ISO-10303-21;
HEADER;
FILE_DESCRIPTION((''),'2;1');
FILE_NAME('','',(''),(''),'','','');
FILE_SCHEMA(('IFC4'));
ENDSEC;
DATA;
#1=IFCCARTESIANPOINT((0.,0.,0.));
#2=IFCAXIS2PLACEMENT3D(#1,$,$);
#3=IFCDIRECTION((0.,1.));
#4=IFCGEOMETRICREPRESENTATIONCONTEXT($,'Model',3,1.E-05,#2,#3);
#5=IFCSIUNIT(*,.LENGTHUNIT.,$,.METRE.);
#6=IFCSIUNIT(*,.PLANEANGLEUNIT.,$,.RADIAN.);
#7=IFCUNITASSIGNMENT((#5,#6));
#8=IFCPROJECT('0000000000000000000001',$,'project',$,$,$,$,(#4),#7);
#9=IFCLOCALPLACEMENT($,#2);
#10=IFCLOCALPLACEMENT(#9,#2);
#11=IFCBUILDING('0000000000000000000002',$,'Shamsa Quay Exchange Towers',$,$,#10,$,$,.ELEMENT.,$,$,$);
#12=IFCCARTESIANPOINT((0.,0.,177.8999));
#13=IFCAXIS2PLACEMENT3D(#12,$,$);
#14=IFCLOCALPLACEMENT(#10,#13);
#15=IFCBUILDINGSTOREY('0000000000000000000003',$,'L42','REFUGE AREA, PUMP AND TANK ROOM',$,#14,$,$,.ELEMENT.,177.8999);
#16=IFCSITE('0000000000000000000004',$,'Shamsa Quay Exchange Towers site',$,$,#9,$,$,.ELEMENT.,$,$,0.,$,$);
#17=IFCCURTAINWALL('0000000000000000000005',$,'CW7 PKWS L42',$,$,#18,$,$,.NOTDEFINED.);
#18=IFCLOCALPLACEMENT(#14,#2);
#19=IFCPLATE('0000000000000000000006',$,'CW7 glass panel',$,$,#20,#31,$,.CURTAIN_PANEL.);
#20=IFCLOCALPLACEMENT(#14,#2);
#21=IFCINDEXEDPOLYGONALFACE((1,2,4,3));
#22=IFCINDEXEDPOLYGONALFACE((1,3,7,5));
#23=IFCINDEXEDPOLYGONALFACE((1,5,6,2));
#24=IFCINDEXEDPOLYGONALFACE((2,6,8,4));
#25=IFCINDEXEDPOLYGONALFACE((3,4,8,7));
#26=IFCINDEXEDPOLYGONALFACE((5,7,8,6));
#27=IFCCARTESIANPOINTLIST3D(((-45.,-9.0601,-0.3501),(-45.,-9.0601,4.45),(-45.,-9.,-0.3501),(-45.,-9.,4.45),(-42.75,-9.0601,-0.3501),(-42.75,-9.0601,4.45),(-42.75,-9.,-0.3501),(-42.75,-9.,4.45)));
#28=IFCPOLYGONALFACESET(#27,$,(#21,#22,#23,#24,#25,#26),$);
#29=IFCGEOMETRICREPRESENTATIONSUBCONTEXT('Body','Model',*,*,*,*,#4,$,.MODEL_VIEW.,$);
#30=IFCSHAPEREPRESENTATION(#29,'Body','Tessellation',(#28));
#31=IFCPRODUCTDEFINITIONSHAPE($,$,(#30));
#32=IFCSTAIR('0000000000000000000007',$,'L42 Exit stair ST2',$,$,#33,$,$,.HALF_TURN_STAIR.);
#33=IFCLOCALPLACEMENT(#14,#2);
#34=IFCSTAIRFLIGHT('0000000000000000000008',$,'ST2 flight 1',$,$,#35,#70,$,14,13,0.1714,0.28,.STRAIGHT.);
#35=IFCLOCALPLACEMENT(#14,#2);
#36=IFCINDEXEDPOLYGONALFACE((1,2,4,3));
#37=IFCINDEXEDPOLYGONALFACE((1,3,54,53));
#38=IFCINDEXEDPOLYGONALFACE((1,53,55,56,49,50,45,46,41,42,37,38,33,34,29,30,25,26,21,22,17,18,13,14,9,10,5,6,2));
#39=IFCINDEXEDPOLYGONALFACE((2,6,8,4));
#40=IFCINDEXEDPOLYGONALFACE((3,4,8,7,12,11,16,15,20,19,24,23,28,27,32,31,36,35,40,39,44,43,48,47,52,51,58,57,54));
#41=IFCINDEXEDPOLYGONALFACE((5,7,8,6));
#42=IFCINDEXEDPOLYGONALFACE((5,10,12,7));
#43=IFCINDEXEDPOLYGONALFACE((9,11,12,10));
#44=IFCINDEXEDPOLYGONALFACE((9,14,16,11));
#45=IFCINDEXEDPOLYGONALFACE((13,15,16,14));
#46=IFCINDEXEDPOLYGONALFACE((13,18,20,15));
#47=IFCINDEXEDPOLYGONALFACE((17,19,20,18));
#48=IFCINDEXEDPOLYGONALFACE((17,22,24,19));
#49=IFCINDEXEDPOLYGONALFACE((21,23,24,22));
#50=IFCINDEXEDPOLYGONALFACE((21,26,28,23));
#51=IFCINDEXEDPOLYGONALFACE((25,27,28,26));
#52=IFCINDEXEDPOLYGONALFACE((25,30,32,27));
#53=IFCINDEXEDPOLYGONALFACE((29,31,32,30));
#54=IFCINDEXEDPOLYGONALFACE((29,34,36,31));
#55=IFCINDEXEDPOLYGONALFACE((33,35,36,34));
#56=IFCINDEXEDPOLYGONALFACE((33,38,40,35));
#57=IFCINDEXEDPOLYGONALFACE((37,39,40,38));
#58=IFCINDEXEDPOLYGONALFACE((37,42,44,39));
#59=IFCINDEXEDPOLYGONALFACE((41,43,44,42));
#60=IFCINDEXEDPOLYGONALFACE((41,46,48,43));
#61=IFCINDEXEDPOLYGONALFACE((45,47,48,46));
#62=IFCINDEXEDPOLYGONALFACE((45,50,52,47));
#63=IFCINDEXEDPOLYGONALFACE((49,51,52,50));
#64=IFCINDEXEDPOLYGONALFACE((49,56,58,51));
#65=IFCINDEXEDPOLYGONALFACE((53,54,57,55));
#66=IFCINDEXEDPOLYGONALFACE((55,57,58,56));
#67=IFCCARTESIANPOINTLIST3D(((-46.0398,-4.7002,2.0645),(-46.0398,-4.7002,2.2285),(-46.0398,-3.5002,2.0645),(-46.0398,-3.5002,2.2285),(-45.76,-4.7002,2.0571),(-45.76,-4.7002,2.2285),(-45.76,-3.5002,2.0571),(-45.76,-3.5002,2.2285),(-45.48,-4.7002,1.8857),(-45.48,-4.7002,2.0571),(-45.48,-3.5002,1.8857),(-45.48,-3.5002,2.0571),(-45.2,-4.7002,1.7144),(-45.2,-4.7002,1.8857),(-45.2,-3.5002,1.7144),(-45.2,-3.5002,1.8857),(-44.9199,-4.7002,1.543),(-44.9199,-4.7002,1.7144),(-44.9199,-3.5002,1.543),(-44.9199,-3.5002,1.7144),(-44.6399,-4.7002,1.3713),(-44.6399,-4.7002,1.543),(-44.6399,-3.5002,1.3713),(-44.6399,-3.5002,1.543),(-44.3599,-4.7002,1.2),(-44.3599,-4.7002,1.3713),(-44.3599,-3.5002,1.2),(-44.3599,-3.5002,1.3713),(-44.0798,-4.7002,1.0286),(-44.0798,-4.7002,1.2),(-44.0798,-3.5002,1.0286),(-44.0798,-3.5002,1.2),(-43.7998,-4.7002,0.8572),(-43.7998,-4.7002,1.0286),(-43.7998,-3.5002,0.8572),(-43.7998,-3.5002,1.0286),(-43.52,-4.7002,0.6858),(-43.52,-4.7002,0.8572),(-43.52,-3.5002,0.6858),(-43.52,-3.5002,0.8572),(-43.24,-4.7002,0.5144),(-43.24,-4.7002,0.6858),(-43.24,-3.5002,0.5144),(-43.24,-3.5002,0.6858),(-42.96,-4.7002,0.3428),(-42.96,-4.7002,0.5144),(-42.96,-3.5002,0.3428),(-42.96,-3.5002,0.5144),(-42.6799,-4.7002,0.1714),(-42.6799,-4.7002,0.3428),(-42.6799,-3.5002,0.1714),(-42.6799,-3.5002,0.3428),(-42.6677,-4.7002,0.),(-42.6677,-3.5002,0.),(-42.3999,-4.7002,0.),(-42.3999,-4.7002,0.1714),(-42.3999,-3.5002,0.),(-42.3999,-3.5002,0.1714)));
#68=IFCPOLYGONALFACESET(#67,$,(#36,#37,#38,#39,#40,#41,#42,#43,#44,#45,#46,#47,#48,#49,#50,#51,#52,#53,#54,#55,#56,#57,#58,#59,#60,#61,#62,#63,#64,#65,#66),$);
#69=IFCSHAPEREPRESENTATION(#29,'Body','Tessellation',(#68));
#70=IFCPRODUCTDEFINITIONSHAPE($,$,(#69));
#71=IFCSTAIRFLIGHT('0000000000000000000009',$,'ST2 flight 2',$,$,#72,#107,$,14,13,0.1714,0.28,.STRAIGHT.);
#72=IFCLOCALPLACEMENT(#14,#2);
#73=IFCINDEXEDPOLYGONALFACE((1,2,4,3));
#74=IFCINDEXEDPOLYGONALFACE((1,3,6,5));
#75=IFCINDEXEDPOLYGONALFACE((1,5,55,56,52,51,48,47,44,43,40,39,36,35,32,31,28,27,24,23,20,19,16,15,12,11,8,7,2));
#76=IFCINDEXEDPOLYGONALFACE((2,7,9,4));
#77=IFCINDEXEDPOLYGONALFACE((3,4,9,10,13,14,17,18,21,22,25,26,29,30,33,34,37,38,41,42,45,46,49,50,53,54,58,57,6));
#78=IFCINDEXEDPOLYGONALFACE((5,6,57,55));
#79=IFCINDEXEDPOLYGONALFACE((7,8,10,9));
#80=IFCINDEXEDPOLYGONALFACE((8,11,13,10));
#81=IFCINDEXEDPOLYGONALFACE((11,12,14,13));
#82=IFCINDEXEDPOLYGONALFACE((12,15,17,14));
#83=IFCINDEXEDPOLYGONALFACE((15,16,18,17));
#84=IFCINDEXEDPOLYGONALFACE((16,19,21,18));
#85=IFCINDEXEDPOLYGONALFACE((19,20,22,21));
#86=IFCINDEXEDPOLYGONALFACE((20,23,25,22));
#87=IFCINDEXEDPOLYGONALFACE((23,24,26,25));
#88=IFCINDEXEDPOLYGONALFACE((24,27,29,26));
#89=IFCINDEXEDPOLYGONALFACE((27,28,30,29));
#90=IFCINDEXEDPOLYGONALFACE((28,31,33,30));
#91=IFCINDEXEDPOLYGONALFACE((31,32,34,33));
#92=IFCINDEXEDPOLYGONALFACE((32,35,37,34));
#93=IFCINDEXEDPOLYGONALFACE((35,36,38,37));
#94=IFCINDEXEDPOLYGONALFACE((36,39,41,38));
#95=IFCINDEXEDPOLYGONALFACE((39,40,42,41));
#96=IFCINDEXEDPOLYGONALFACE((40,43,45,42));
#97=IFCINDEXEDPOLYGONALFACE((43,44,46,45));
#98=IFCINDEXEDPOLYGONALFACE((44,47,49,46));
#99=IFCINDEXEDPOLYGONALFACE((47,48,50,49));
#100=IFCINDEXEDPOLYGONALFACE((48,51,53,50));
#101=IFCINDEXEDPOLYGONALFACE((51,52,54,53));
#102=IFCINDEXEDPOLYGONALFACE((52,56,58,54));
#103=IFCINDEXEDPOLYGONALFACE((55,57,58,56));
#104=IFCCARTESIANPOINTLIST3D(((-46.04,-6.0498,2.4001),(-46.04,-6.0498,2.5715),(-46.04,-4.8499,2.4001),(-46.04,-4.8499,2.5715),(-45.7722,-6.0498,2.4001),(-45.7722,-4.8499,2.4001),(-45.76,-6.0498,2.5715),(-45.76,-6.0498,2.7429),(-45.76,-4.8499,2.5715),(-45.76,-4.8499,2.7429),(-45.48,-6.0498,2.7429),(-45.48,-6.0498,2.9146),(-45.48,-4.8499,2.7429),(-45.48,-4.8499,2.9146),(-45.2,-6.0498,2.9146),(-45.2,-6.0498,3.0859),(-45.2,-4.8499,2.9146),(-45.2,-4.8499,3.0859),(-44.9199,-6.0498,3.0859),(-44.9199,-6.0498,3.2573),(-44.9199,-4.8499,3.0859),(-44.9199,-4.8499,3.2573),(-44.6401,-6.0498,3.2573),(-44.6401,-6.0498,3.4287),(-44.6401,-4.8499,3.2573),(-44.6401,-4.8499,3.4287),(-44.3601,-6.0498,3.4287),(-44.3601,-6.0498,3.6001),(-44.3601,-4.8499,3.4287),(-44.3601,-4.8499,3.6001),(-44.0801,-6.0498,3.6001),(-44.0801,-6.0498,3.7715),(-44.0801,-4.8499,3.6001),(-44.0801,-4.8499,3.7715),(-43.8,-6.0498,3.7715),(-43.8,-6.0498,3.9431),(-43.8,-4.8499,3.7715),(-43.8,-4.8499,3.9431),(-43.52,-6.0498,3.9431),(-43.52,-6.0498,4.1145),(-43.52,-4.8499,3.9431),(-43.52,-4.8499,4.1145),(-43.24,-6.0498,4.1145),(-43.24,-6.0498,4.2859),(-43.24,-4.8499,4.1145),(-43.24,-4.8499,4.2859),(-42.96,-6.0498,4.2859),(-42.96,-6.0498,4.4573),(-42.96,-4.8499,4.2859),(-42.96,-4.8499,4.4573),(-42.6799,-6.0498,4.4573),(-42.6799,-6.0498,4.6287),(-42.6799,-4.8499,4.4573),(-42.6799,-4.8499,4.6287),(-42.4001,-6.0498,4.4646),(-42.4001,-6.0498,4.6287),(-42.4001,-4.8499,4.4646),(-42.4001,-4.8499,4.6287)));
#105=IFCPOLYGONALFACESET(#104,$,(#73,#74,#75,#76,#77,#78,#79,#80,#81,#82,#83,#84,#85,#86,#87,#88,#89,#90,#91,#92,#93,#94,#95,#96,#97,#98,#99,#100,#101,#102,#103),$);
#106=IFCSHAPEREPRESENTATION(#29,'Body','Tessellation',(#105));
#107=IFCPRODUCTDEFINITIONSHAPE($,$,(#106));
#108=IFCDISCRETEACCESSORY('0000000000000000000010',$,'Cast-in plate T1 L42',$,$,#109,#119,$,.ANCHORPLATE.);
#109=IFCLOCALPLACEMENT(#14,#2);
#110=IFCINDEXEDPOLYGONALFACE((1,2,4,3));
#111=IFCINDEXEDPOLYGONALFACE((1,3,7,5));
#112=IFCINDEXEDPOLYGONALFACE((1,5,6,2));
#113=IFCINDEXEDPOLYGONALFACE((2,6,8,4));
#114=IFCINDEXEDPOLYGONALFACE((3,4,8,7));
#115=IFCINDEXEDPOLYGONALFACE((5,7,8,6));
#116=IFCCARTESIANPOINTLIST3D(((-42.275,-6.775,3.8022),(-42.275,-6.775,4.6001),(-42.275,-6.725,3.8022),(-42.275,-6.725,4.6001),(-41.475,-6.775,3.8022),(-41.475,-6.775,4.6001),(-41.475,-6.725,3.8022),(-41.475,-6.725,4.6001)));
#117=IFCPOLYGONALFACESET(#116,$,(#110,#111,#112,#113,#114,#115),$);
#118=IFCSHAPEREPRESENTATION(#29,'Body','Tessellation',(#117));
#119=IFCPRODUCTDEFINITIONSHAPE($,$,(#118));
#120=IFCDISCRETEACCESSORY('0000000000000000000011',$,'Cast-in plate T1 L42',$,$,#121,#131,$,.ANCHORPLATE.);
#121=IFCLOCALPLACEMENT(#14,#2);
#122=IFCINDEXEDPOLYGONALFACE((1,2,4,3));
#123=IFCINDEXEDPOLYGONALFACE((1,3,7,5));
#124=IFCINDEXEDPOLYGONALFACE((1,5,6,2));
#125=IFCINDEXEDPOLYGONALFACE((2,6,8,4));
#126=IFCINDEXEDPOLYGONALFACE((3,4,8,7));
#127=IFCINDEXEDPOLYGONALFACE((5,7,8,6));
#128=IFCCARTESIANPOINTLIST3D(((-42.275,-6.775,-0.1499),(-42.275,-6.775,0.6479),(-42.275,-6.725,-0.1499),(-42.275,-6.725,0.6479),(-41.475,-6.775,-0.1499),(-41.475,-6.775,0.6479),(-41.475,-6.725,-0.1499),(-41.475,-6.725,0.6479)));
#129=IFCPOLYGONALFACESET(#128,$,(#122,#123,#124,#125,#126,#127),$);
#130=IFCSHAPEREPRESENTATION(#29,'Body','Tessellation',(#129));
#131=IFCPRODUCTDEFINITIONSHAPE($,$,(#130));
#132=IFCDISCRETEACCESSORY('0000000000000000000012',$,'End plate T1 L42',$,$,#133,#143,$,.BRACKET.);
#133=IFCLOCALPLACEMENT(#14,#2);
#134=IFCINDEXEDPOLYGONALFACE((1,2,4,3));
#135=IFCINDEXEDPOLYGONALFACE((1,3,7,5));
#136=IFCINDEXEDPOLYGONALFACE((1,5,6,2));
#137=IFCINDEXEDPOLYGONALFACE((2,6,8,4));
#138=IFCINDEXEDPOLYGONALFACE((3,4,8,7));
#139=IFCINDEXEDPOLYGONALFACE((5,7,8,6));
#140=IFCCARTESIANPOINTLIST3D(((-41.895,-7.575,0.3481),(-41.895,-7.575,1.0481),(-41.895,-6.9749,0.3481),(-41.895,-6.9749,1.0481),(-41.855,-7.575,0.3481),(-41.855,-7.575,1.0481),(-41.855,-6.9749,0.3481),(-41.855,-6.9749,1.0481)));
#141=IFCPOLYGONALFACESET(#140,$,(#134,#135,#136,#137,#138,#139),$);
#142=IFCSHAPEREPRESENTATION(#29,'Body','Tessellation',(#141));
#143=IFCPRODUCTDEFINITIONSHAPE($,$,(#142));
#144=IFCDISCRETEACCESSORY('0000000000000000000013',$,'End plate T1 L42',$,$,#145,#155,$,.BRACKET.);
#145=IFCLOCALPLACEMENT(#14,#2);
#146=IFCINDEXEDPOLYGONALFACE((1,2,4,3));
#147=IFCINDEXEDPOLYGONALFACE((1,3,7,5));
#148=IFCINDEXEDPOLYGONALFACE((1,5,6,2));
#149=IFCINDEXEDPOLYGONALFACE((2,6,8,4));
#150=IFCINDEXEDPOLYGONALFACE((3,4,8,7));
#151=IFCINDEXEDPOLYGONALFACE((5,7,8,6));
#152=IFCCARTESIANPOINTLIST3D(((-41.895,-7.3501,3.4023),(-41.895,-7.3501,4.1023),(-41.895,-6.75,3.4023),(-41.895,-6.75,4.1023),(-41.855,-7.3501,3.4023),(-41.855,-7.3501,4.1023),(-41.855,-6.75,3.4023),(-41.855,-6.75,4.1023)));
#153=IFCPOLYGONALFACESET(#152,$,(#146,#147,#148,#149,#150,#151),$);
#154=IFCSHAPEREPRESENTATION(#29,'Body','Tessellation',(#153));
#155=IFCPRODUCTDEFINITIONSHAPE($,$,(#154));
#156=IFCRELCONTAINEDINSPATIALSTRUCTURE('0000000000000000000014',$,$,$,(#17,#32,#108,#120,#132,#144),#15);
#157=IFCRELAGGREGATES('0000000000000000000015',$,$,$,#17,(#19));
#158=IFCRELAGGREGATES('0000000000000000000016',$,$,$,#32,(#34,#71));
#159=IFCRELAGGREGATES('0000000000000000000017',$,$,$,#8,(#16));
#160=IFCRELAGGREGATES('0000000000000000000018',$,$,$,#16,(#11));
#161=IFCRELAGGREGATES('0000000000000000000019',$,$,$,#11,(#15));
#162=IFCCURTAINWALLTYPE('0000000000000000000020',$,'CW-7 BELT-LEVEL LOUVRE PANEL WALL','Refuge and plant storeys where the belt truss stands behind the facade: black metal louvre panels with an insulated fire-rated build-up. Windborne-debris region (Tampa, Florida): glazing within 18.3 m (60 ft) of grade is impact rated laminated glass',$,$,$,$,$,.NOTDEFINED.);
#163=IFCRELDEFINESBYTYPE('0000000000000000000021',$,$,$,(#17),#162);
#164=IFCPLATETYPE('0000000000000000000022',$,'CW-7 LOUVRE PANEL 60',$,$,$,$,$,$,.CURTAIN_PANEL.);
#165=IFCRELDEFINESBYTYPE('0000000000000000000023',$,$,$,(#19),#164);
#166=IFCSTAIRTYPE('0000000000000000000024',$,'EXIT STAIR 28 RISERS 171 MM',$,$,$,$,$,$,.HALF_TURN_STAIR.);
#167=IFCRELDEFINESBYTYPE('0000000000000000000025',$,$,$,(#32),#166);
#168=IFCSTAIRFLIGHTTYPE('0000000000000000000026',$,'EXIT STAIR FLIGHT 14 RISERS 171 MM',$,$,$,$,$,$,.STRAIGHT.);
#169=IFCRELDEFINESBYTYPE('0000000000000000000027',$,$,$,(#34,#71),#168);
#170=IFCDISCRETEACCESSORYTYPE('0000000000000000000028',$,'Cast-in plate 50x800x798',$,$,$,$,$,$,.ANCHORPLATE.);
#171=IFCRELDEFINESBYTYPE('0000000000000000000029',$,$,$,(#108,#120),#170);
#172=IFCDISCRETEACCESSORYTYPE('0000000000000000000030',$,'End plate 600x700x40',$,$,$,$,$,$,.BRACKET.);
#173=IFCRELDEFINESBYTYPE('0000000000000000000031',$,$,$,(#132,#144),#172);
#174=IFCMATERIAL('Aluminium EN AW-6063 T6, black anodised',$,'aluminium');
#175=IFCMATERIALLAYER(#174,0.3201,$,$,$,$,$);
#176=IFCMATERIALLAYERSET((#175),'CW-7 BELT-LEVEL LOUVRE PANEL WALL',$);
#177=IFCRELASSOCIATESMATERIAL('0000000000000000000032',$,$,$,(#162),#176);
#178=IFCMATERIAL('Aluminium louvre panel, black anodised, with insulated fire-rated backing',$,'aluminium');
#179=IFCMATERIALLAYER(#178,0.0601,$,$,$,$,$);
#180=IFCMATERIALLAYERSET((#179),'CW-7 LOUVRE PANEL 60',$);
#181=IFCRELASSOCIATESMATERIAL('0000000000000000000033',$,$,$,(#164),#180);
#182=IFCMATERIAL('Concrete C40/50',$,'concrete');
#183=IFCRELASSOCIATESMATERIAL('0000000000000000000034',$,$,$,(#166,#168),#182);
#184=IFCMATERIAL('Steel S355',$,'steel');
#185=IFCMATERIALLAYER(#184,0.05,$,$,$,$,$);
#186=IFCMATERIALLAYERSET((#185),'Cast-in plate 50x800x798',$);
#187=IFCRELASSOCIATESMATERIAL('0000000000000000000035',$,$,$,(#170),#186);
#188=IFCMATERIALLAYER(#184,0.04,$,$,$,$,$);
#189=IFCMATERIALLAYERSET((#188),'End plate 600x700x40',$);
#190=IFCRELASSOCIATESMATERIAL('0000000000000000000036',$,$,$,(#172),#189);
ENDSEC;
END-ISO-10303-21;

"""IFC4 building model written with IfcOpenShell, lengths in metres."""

from ifc_helpers import new_model, si_unit, direction, frame, origin, origin_2d, place, context, subcontext, project, spatial, polyline, rectangle, outline, extrude, material, layer, layer_set, type_object, element, aggregate, save


model = new_model("IFC4")

# Units and contexts
model_context = context("Model", 3, precision=1e-05, world=origin(), true_north=direction((0.0, 1.0)))
body_context = subcontext(model_context, "Body", "Model", "MODEL_VIEW")
ifc_project = project(units=[si_unit("LENGTHUNIT", "METRE"), si_unit("PLANEANGLEUNIT", "RADIAN")], contexts=[model_context])

# Site, building, storey
site_placement = place(None, origin())
site = spatial("IfcSite", under=ifc_project, at=site_placement, Name="Shamsa Quay Exchange Towers site", CompositionType="ELEMENT", RefElevation=0.0)
building_placement = place(site_placement, origin())
building = spatial("IfcBuilding", under=site, at=building_placement, Name="Shamsa Quay Exchange Towers", CompositionType="ELEMENT")
storey_placement = place(building_placement, frame((0.0, 0.0, 177.8999)))
storey = spatial("IfcBuildingStorey", under=building, at=storey_placement, Name="L42", Description="REFUGE AREA, PUMP AND TANK ROOM", CompositionType="ELEMENT", Elevation=177.8999)

# Shared definitions
ifc_material_1 = material(Name="Steel S355", Category="steel")

# Curtain wall, plate
ifc_material_2 = material(Name="Aluminium EN AW-6063 T6, black anodised", Category="aluminium")
ifc_layer_1 = layer(ifc_material_2, 0.3201)
ifc_layer_set_1 = layer_set([ifc_layer_1], Name="CW-7 BELT-LEVEL LOUVRE PANEL WALL")
curtain_wall_type = type_object("IfcCurtainWallType", Name="CW-7 BELT-LEVEL LOUVRE PANEL WALL", Description="Refuge and plant storeys where the belt truss stands behind the facade: black metal louvre panels with an insulated fire-rated build-up. Windborne-debris region (Tampa, Florida): glazing within 18.3 m (60 ft) of grade is impact rated laminated glass", PredefinedType="NOTDEFINED", material=ifc_layer_set_1)
curtain_wall_placement = place(storey_placement, origin())
curtain_wall = element("IfcCurtainWall", 1, at=curtain_wall_placement, inside=storey, type_object=curtain_wall_type, Name="CW7 PKWS L42", PredefinedType="NOTDEFINED")
ifc_material_3 = material(Name="Aluminium louvre panel, black anodised, with insulated fire-rated backing", Category="aluminium")
ifc_layer_2 = layer(ifc_material_3, 0.0601)
ifc_layer_set_2 = layer_set([ifc_layer_2], Name="CW-7 LOUVRE PANEL 60")
plate_type = type_object("IfcPlateType", Name="CW-7 LOUVRE PANEL 60", PredefinedType="CURTAIN_PANEL", material=ifc_layer_set_2)
plate_1_placement = place(storey_placement, frame((-43.875, -9.03, -0.3501)))
plate_1 = element("IfcPlate", 2, at=plate_1_placement, type_object=plate_type, Name="CW7 glass panel", PredefinedType="CURTAIN_PANEL", context=body_context, shape_type="SweptSolid", body=[
    extrude(rectangle(XDim=2.25, YDim=0.0601, at=origin_2d()), origin(), (0.0, 0.0, 1.0), 4.8),
])
aggregate(curtain_wall, [plate_1])

# Stair, stair flights
ifc_material_4 = material(Name="Concrete C40/50", Category="concrete")
stair_type = type_object("IfcStairType", Name="EXIT STAIR 28 RISERS 171 MM", PredefinedType="HALF_TURN_STAIR", material=ifc_material_4)
stair_placement = place(storey_placement, origin())
stair = element("IfcStair", 3, at=stair_placement, inside=storey, type_object=stair_type, Name="L42 Exit stair ST2", PredefinedType="HALF_TURN_STAIR")
stair_flight_type = type_object("IfcStairFlightType", Name="EXIT STAIR FLIGHT 14 RISERS 171 MM", PredefinedType="STRAIGHT", material=ifc_material_4)
stair_flight_1_placement = place(storey_placement, frame((-42.3999, -4.1001, 0.0), z_axis=(0.0, 0.0, 1.0), x_axis=(-1.0, 0.0, 0.0)))
stair_flight_1 = element("IfcStairFlight", 4, at=stair_flight_1_placement, type_object=stair_flight_type, Name="ST2 flight 1", NumberOfRisers=14, NumberOfTreads=13, PredefinedType="STRAIGHT", RiserHeight=0.1714, TreadLength=0.28, context=body_context, shape_type="SweptSolid", body=[
    extrude(outline(polyline([(0.0, 0.0), (0.0, 0.1714), (0.28, 0.1714), (0.28, 0.3428), (0.5601, 0.3428), (0.5601, 0.5144), (0.8401, 0.5144), (0.8401, 0.6858), (1.1201, 0.6858), (1.1201, 0.8572), (1.3999, 0.8572), (1.3999, 1.0286), (1.6799, 1.0286), (1.6799, 1.2), (1.96, 1.2), (1.96, 1.3713), (2.24, 1.3713), (2.24, 1.543), (2.52, 1.543), (2.52, 1.7144), (2.8, 1.7144), (2.8, 1.8857), (3.0801, 1.8857), (3.0801, 2.0571), (3.3601, 2.0571), (3.3601, 2.2285), (3.6399, 2.2285), (3.6399, 2.3999), (3.6399, 2.0645), (0.2678, 0.0), (0.0, 0.0)])), frame((0.0, 0.6001, 0.0), z_axis=(0.0, -1.0, 0.0), x_axis=(1.0, 0.0, 0.0)), (0.0, 0.0, 1.0), 1.2),
])
stair_flight_2_placement = place(storey_placement, frame((-46.04, -5.45, 2.4001)))
stair_flight_2 = element("IfcStairFlight", 5, at=stair_flight_2_placement, type_object=stair_flight_type, Name="ST2 flight 2", NumberOfRisers=14, NumberOfTreads=13, PredefinedType="STRAIGHT", RiserHeight=0.1714, TreadLength=0.28, context=body_context, shape_type="SweptSolid", body=[
    extrude(outline(polyline([(0.0, 0.0), (0.0, 0.1714), (0.28, 0.1714), (0.28, 0.3428), (0.5601, 0.3428), (0.5601, 0.5144), (0.8401, 0.5144), (0.8401, 0.6858), (1.1201, 0.6858), (1.1201, 0.8572), (1.3999, 0.8572), (1.3999, 1.0286), (1.6799, 1.0286), (1.6799, 1.2), (1.96, 1.2), (1.96, 1.3713), (2.24, 1.3713), (2.24, 1.543), (2.52, 1.543), (2.52, 1.7144), (2.8, 1.7144), (2.8, 1.8857), (3.0801, 1.8857), (3.0801, 2.0571), (3.3601, 2.0571), (3.3601, 2.2285), (3.6399, 2.2285), (3.6399, 2.3999), (3.6399, 2.0645), (0.2678, 0.0), (0.0, 0.0)])), frame((0.0, 0.6001, 0.0), z_axis=(0.0, -1.0, 0.0), x_axis=(1.0, 0.0, 0.0)), (0.0, 0.0, 1.0), 1.2),
])
aggregate(stair, [stair_flight_1, stair_flight_2])

# Discrete accessories
ifc_layer_3 = layer(ifc_material_1, 0.05)
ifc_layer_set_3 = layer_set([ifc_layer_3], Name="Cast-in plate 50x800x798")
discrete_accessory_type_1 = type_object("IfcDiscreteAccessoryType", Name="Cast-in plate 50x800x798", PredefinedType="ANCHORPLATE", material=ifc_layer_set_3)
for number, where, z_axis, x_axis, name in (
    (6, (-41.875, -6.75, 3.8022), (0.0, 0.0, 1.0), (0.0, 1.0, 0.0), "Cast-in plate T1 L42"),
    (7, (-41.875, -6.75, -0.1499), (0.0, 0.0, 1.0), (0.0, 1.0, 0.0), "Cast-in plate T1 L42"),
):
    element("IfcDiscreteAccessory", number, at=place(storey_placement, frame(where, z_axis=z_axis, x_axis=x_axis)), inside=storey, type_object=discrete_accessory_type_1, Name=name, PredefinedType="ANCHORPLATE", context=body_context, shape_type="SweptSolid", body=[
        extrude(rectangle(XDim=0.05, YDim=0.8, at=origin_2d()), origin(), (0.0, 0.0, 1.0), 0.7979),
    ])
ifc_layer_4 = layer(ifc_material_1, 0.04)
ifc_layer_set_4 = layer_set([ifc_layer_4], Name="End plate 600x700x40")
discrete_accessory_type_2 = type_object("IfcDiscreteAccessoryType", Name="End plate 600x700x40", PredefinedType="BRACKET", material=ifc_layer_set_4)
for number, where, z_axis, x_axis, name in (
    (8, (-41.875, -7.2749, 0.3481), (0.0, 0.0, 1.0), (0.0, 1.0, 0.0), "End plate T1 L42"),
    (9, (-41.875, -7.05, 3.4023), (0.0, 0.0, 1.0), (0.0, 1.0, 0.0), "End plate T1 L42"),
):
    element("IfcDiscreteAccessory", number, at=place(storey_placement, frame(where, z_axis=z_axis, x_axis=x_axis)), inside=storey, type_object=discrete_accessory_type_2, Name=name, PredefinedType="BRACKET", context=body_context, shape_type="SweptSolid", body=[
        extrude(rectangle(XDim=0.6001, YDim=0.04, at=origin_2d()), origin(), (0.0, 0.0, 1.0), 0.7),
    ])

save(model, "model.ifc")
